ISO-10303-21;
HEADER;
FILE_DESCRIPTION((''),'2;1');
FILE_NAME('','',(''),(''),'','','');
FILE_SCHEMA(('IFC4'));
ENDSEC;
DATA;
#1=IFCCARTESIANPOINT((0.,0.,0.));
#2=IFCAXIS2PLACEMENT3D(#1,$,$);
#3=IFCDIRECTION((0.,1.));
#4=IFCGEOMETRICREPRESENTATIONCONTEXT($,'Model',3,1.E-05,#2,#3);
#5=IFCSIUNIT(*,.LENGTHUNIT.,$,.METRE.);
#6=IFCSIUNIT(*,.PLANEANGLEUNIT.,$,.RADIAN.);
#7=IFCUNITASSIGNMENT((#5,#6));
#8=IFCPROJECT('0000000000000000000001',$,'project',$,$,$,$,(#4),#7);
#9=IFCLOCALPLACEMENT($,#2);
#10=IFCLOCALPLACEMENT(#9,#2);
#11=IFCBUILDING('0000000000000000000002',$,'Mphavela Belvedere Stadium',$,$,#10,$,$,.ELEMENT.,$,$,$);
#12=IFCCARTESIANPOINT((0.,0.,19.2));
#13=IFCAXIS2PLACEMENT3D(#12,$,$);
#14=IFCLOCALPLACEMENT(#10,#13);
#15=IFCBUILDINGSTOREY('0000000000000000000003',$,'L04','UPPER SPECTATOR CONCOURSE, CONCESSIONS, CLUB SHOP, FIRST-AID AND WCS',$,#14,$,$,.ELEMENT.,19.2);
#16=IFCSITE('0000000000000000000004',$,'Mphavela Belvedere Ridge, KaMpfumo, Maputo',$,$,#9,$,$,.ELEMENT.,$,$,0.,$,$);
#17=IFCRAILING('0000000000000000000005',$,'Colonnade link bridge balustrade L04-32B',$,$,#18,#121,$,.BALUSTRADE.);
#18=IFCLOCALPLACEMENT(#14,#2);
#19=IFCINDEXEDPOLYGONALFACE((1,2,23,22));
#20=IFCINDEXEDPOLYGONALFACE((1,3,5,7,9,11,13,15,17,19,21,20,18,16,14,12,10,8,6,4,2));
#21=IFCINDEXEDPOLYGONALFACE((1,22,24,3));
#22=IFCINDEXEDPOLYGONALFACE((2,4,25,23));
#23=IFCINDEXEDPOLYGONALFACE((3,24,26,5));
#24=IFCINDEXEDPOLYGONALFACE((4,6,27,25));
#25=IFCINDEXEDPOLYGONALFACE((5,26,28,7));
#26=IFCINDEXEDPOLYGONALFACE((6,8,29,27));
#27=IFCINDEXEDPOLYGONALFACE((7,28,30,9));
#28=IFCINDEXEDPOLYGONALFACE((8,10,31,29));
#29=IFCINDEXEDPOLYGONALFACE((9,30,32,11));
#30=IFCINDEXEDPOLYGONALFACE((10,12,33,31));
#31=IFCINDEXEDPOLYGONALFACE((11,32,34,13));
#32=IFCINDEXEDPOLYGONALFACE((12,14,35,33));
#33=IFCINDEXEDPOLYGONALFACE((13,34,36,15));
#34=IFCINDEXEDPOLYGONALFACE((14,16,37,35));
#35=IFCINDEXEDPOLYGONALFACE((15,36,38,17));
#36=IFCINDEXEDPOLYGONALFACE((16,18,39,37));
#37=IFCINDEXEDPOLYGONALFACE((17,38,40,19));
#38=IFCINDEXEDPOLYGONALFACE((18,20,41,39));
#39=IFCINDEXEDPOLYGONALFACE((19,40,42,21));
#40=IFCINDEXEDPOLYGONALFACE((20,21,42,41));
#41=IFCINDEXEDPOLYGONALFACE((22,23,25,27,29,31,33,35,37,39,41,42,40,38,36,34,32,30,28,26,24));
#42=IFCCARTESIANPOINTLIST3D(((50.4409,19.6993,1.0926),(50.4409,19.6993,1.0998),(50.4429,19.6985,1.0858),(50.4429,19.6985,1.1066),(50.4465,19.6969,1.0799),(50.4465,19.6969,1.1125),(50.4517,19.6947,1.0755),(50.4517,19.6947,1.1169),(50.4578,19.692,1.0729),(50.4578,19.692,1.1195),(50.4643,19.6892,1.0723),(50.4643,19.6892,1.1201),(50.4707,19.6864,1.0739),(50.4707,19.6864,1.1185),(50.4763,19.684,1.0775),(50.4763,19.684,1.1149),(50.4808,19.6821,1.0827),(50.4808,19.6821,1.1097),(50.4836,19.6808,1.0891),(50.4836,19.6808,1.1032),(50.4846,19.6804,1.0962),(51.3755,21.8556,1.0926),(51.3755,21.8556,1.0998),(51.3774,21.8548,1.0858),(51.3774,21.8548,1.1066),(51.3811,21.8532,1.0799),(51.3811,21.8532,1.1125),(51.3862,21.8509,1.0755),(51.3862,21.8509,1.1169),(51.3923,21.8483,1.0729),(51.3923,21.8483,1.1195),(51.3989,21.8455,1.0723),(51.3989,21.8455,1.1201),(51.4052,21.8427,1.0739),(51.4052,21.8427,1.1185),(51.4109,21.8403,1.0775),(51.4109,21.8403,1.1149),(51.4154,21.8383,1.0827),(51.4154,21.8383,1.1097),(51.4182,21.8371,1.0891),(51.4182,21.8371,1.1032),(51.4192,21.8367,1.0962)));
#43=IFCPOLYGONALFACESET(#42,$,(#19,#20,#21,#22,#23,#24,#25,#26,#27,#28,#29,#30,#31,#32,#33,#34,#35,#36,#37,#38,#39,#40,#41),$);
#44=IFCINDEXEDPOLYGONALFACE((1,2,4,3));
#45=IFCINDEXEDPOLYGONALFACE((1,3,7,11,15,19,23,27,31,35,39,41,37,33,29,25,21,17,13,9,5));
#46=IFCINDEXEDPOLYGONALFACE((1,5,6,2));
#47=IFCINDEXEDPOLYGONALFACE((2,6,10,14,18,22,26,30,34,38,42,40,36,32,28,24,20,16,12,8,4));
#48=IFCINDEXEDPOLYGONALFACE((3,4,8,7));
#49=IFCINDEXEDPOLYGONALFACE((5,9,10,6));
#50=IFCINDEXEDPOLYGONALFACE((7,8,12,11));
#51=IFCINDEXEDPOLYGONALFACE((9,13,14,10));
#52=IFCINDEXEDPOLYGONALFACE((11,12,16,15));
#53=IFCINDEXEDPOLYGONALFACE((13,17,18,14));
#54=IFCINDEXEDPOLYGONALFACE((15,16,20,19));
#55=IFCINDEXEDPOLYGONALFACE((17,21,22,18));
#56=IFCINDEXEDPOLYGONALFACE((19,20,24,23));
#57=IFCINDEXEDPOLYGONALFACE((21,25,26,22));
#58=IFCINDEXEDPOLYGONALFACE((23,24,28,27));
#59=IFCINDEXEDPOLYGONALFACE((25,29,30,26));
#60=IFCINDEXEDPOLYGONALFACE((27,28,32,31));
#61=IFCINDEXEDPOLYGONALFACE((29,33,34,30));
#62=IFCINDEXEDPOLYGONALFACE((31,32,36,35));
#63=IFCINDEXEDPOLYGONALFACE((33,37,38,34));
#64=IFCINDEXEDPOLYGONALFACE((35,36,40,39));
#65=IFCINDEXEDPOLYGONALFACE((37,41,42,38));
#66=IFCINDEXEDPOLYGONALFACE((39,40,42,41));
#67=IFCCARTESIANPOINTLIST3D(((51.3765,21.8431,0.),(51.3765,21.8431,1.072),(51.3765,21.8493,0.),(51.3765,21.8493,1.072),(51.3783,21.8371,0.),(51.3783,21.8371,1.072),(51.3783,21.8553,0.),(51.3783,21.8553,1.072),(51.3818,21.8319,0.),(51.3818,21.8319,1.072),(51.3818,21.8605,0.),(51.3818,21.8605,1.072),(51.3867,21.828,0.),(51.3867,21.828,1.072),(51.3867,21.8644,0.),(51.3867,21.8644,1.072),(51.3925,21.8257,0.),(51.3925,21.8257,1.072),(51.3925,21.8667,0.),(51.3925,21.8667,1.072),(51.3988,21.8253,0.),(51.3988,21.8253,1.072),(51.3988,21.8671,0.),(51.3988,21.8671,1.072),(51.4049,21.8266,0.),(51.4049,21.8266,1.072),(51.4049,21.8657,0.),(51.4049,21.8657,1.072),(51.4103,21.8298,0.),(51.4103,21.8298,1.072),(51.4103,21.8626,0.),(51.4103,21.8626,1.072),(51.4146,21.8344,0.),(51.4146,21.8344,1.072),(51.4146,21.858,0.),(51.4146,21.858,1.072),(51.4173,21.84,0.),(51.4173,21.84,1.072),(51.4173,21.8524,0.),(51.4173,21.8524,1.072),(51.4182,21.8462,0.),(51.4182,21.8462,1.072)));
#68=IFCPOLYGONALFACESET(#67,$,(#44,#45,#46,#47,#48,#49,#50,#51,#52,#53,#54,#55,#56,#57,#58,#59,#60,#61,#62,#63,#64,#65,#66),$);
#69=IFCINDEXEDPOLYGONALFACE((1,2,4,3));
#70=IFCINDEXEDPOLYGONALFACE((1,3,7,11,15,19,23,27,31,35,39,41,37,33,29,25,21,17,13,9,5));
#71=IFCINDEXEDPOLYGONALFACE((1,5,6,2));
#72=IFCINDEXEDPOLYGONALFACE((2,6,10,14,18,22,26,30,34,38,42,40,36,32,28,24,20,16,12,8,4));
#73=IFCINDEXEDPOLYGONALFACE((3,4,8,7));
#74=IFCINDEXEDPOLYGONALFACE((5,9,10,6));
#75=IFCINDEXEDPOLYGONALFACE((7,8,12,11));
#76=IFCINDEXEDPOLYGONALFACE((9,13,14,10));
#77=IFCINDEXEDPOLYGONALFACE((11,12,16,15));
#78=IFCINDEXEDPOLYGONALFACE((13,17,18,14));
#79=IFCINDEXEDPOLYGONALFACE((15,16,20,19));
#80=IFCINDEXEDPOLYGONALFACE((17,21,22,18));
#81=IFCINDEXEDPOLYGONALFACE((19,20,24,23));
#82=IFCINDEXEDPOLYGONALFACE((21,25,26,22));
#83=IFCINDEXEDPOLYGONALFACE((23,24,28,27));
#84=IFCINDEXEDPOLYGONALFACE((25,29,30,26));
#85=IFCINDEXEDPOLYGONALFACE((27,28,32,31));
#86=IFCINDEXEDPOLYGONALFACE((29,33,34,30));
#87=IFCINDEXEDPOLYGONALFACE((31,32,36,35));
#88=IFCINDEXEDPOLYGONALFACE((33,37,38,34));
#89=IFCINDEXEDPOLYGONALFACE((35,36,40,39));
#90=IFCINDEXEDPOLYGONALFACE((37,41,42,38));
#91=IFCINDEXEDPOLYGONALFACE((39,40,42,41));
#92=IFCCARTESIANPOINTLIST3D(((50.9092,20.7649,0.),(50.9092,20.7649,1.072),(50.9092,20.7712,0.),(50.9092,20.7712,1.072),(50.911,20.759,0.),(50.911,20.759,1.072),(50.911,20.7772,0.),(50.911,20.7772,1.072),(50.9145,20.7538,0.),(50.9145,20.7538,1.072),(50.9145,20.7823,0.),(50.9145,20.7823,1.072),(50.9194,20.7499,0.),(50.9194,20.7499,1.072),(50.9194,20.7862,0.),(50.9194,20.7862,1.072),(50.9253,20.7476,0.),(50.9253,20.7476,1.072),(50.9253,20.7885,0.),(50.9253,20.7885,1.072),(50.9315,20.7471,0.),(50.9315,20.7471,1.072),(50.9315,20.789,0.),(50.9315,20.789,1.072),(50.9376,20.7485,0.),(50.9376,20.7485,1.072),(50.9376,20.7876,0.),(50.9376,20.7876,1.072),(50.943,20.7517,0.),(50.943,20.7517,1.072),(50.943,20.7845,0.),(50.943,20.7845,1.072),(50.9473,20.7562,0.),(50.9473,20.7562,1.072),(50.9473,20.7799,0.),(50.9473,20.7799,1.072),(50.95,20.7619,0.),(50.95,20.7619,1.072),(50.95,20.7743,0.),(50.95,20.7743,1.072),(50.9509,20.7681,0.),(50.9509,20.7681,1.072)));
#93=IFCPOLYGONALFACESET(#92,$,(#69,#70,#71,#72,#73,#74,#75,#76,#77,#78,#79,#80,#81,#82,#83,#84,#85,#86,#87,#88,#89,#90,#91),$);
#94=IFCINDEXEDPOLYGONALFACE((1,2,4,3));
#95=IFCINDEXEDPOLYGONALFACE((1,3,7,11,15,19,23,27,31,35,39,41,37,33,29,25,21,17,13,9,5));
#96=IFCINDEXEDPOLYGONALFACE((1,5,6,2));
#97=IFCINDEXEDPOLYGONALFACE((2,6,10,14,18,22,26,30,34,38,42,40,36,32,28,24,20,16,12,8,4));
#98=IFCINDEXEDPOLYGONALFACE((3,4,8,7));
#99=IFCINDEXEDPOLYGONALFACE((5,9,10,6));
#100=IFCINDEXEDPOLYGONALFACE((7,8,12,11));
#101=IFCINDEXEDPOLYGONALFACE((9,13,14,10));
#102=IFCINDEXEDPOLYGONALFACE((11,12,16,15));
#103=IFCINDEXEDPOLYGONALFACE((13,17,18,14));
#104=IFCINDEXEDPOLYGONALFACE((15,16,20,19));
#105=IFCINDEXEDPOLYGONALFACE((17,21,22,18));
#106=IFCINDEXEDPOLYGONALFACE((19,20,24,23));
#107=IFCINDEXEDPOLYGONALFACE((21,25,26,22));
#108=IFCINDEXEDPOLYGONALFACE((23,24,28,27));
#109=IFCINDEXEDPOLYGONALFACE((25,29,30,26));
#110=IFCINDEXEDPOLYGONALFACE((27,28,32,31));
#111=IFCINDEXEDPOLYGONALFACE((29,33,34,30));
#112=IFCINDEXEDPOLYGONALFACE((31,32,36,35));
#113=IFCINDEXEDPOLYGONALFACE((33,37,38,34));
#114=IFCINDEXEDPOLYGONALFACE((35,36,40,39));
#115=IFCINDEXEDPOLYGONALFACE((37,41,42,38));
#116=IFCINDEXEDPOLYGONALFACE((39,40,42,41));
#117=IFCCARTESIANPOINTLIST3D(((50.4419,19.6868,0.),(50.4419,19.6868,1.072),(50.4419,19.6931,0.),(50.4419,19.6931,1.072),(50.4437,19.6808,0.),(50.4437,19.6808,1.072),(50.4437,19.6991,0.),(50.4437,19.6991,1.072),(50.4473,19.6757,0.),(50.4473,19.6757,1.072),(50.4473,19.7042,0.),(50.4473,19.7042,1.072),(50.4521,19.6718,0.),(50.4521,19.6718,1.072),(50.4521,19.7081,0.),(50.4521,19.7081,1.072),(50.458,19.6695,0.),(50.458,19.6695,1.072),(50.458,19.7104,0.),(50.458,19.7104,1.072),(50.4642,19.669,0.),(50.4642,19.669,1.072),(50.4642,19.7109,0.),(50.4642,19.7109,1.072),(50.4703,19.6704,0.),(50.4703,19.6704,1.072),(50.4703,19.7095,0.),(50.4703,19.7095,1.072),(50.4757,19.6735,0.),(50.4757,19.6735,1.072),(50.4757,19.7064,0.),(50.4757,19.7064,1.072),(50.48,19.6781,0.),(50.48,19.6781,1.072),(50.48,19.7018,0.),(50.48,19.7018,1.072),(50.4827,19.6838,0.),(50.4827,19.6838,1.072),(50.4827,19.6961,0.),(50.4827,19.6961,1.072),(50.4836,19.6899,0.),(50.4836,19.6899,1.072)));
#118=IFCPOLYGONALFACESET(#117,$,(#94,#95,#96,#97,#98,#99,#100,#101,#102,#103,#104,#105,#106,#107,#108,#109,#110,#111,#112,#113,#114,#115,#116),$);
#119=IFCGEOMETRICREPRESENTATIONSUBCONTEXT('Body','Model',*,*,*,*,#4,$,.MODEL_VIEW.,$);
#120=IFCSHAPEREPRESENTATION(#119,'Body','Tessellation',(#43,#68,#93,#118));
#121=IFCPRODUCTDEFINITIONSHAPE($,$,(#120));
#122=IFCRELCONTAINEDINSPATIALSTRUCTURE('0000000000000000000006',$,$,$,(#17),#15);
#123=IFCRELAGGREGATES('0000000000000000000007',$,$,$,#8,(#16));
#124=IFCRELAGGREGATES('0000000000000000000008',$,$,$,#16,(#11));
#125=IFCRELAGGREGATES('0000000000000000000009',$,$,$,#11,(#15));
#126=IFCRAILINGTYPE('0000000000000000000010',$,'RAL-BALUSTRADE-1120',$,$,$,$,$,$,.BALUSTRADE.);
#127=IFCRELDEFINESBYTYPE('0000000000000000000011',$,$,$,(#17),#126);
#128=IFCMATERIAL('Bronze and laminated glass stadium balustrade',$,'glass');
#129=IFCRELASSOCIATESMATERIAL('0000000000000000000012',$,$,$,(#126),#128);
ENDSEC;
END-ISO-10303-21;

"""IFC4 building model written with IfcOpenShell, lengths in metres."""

from ifc_helpers import new_model, si_unit, direction, frame, origin, origin_2d, place, context, subcontext, project, spatial, circle, extrude, material, type_object, element, save


model = new_model("IFC4")

# Units and contexts
model_context = context("Model", 3, precision=1e-05, world=origin(), true_north=direction((0.0, 1.0)))
body_context = subcontext(model_context, "Body", "Model", "MODEL_VIEW")
ifc_project = project(units=[si_unit("LENGTHUNIT", "METRE"), si_unit("PLANEANGLEUNIT", "RADIAN")], contexts=[model_context])

# Site, building, storey
site_placement = place(None, origin())
site = spatial("IfcSite", under=ifc_project, at=site_placement, Name="Mphavela Belvedere Ridge, KaMpfumo, Maputo", CompositionType="ELEMENT", RefElevation=0.0)
building_placement = place(site_placement, origin())
building = spatial("IfcBuilding", under=site, at=building_placement, Name="Mphavela Belvedere Stadium", CompositionType="ELEMENT")
storey_placement = place(building_placement, frame((0.0, 0.0, 19.2)))
storey = spatial("IfcBuildingStorey", under=building, at=storey_placement, Name="L04", Description="UPPER SPECTATOR CONCOURSE, CONCESSIONS, CLUB SHOP, FIRST-AID AND WCS", CompositionType="ELEMENT", Elevation=19.2)

# Railing
ifc_material_1 = material(Name="Bronze and laminated glass stadium balustrade", Category="glass")
railing_type = type_object("IfcRailingType", Name="RAL-BALUSTRADE-1120", PredefinedType="BALUSTRADE", material=ifc_material_1)
railing_1_placement = place(storey_placement, frame((51.3972, 21.8462, 0.0)))
element("IfcRailing", 1, at=railing_1_placement, inside=storey, type_object=railing_type, Name="Colonnade link bridge balustrade L04-32B", PredefinedType="BALUSTRADE", context=body_context, shape_type="SweptSolid", body=[
    extrude(circle(Radius=0.0239, at=origin_2d()), frame((0.0, 0.0, 1.0962), z_axis=(-0.397677, -0.917525, 0.0), x_axis=(0.917525, -0.397677, 0.0)), (0.0, 0.0, 1.0), 2.3501),
    extrude(circle(Radius=0.021, at=origin_2d()), origin(), (0.0, 0.0, 1.0), 1.072),
    extrude(circle(Radius=0.021, at=origin_2d()), frame((-0.4673, -1.0781, 0.0)), (0.0, 0.0, 1.0), 1.072),
    extrude(circle(Radius=0.021, at=origin_2d()), frame((-0.9346, -2.1562, 0.0)), (0.0, 0.0, 1.0), 1.072),
])

save(model, "model.ifc")
